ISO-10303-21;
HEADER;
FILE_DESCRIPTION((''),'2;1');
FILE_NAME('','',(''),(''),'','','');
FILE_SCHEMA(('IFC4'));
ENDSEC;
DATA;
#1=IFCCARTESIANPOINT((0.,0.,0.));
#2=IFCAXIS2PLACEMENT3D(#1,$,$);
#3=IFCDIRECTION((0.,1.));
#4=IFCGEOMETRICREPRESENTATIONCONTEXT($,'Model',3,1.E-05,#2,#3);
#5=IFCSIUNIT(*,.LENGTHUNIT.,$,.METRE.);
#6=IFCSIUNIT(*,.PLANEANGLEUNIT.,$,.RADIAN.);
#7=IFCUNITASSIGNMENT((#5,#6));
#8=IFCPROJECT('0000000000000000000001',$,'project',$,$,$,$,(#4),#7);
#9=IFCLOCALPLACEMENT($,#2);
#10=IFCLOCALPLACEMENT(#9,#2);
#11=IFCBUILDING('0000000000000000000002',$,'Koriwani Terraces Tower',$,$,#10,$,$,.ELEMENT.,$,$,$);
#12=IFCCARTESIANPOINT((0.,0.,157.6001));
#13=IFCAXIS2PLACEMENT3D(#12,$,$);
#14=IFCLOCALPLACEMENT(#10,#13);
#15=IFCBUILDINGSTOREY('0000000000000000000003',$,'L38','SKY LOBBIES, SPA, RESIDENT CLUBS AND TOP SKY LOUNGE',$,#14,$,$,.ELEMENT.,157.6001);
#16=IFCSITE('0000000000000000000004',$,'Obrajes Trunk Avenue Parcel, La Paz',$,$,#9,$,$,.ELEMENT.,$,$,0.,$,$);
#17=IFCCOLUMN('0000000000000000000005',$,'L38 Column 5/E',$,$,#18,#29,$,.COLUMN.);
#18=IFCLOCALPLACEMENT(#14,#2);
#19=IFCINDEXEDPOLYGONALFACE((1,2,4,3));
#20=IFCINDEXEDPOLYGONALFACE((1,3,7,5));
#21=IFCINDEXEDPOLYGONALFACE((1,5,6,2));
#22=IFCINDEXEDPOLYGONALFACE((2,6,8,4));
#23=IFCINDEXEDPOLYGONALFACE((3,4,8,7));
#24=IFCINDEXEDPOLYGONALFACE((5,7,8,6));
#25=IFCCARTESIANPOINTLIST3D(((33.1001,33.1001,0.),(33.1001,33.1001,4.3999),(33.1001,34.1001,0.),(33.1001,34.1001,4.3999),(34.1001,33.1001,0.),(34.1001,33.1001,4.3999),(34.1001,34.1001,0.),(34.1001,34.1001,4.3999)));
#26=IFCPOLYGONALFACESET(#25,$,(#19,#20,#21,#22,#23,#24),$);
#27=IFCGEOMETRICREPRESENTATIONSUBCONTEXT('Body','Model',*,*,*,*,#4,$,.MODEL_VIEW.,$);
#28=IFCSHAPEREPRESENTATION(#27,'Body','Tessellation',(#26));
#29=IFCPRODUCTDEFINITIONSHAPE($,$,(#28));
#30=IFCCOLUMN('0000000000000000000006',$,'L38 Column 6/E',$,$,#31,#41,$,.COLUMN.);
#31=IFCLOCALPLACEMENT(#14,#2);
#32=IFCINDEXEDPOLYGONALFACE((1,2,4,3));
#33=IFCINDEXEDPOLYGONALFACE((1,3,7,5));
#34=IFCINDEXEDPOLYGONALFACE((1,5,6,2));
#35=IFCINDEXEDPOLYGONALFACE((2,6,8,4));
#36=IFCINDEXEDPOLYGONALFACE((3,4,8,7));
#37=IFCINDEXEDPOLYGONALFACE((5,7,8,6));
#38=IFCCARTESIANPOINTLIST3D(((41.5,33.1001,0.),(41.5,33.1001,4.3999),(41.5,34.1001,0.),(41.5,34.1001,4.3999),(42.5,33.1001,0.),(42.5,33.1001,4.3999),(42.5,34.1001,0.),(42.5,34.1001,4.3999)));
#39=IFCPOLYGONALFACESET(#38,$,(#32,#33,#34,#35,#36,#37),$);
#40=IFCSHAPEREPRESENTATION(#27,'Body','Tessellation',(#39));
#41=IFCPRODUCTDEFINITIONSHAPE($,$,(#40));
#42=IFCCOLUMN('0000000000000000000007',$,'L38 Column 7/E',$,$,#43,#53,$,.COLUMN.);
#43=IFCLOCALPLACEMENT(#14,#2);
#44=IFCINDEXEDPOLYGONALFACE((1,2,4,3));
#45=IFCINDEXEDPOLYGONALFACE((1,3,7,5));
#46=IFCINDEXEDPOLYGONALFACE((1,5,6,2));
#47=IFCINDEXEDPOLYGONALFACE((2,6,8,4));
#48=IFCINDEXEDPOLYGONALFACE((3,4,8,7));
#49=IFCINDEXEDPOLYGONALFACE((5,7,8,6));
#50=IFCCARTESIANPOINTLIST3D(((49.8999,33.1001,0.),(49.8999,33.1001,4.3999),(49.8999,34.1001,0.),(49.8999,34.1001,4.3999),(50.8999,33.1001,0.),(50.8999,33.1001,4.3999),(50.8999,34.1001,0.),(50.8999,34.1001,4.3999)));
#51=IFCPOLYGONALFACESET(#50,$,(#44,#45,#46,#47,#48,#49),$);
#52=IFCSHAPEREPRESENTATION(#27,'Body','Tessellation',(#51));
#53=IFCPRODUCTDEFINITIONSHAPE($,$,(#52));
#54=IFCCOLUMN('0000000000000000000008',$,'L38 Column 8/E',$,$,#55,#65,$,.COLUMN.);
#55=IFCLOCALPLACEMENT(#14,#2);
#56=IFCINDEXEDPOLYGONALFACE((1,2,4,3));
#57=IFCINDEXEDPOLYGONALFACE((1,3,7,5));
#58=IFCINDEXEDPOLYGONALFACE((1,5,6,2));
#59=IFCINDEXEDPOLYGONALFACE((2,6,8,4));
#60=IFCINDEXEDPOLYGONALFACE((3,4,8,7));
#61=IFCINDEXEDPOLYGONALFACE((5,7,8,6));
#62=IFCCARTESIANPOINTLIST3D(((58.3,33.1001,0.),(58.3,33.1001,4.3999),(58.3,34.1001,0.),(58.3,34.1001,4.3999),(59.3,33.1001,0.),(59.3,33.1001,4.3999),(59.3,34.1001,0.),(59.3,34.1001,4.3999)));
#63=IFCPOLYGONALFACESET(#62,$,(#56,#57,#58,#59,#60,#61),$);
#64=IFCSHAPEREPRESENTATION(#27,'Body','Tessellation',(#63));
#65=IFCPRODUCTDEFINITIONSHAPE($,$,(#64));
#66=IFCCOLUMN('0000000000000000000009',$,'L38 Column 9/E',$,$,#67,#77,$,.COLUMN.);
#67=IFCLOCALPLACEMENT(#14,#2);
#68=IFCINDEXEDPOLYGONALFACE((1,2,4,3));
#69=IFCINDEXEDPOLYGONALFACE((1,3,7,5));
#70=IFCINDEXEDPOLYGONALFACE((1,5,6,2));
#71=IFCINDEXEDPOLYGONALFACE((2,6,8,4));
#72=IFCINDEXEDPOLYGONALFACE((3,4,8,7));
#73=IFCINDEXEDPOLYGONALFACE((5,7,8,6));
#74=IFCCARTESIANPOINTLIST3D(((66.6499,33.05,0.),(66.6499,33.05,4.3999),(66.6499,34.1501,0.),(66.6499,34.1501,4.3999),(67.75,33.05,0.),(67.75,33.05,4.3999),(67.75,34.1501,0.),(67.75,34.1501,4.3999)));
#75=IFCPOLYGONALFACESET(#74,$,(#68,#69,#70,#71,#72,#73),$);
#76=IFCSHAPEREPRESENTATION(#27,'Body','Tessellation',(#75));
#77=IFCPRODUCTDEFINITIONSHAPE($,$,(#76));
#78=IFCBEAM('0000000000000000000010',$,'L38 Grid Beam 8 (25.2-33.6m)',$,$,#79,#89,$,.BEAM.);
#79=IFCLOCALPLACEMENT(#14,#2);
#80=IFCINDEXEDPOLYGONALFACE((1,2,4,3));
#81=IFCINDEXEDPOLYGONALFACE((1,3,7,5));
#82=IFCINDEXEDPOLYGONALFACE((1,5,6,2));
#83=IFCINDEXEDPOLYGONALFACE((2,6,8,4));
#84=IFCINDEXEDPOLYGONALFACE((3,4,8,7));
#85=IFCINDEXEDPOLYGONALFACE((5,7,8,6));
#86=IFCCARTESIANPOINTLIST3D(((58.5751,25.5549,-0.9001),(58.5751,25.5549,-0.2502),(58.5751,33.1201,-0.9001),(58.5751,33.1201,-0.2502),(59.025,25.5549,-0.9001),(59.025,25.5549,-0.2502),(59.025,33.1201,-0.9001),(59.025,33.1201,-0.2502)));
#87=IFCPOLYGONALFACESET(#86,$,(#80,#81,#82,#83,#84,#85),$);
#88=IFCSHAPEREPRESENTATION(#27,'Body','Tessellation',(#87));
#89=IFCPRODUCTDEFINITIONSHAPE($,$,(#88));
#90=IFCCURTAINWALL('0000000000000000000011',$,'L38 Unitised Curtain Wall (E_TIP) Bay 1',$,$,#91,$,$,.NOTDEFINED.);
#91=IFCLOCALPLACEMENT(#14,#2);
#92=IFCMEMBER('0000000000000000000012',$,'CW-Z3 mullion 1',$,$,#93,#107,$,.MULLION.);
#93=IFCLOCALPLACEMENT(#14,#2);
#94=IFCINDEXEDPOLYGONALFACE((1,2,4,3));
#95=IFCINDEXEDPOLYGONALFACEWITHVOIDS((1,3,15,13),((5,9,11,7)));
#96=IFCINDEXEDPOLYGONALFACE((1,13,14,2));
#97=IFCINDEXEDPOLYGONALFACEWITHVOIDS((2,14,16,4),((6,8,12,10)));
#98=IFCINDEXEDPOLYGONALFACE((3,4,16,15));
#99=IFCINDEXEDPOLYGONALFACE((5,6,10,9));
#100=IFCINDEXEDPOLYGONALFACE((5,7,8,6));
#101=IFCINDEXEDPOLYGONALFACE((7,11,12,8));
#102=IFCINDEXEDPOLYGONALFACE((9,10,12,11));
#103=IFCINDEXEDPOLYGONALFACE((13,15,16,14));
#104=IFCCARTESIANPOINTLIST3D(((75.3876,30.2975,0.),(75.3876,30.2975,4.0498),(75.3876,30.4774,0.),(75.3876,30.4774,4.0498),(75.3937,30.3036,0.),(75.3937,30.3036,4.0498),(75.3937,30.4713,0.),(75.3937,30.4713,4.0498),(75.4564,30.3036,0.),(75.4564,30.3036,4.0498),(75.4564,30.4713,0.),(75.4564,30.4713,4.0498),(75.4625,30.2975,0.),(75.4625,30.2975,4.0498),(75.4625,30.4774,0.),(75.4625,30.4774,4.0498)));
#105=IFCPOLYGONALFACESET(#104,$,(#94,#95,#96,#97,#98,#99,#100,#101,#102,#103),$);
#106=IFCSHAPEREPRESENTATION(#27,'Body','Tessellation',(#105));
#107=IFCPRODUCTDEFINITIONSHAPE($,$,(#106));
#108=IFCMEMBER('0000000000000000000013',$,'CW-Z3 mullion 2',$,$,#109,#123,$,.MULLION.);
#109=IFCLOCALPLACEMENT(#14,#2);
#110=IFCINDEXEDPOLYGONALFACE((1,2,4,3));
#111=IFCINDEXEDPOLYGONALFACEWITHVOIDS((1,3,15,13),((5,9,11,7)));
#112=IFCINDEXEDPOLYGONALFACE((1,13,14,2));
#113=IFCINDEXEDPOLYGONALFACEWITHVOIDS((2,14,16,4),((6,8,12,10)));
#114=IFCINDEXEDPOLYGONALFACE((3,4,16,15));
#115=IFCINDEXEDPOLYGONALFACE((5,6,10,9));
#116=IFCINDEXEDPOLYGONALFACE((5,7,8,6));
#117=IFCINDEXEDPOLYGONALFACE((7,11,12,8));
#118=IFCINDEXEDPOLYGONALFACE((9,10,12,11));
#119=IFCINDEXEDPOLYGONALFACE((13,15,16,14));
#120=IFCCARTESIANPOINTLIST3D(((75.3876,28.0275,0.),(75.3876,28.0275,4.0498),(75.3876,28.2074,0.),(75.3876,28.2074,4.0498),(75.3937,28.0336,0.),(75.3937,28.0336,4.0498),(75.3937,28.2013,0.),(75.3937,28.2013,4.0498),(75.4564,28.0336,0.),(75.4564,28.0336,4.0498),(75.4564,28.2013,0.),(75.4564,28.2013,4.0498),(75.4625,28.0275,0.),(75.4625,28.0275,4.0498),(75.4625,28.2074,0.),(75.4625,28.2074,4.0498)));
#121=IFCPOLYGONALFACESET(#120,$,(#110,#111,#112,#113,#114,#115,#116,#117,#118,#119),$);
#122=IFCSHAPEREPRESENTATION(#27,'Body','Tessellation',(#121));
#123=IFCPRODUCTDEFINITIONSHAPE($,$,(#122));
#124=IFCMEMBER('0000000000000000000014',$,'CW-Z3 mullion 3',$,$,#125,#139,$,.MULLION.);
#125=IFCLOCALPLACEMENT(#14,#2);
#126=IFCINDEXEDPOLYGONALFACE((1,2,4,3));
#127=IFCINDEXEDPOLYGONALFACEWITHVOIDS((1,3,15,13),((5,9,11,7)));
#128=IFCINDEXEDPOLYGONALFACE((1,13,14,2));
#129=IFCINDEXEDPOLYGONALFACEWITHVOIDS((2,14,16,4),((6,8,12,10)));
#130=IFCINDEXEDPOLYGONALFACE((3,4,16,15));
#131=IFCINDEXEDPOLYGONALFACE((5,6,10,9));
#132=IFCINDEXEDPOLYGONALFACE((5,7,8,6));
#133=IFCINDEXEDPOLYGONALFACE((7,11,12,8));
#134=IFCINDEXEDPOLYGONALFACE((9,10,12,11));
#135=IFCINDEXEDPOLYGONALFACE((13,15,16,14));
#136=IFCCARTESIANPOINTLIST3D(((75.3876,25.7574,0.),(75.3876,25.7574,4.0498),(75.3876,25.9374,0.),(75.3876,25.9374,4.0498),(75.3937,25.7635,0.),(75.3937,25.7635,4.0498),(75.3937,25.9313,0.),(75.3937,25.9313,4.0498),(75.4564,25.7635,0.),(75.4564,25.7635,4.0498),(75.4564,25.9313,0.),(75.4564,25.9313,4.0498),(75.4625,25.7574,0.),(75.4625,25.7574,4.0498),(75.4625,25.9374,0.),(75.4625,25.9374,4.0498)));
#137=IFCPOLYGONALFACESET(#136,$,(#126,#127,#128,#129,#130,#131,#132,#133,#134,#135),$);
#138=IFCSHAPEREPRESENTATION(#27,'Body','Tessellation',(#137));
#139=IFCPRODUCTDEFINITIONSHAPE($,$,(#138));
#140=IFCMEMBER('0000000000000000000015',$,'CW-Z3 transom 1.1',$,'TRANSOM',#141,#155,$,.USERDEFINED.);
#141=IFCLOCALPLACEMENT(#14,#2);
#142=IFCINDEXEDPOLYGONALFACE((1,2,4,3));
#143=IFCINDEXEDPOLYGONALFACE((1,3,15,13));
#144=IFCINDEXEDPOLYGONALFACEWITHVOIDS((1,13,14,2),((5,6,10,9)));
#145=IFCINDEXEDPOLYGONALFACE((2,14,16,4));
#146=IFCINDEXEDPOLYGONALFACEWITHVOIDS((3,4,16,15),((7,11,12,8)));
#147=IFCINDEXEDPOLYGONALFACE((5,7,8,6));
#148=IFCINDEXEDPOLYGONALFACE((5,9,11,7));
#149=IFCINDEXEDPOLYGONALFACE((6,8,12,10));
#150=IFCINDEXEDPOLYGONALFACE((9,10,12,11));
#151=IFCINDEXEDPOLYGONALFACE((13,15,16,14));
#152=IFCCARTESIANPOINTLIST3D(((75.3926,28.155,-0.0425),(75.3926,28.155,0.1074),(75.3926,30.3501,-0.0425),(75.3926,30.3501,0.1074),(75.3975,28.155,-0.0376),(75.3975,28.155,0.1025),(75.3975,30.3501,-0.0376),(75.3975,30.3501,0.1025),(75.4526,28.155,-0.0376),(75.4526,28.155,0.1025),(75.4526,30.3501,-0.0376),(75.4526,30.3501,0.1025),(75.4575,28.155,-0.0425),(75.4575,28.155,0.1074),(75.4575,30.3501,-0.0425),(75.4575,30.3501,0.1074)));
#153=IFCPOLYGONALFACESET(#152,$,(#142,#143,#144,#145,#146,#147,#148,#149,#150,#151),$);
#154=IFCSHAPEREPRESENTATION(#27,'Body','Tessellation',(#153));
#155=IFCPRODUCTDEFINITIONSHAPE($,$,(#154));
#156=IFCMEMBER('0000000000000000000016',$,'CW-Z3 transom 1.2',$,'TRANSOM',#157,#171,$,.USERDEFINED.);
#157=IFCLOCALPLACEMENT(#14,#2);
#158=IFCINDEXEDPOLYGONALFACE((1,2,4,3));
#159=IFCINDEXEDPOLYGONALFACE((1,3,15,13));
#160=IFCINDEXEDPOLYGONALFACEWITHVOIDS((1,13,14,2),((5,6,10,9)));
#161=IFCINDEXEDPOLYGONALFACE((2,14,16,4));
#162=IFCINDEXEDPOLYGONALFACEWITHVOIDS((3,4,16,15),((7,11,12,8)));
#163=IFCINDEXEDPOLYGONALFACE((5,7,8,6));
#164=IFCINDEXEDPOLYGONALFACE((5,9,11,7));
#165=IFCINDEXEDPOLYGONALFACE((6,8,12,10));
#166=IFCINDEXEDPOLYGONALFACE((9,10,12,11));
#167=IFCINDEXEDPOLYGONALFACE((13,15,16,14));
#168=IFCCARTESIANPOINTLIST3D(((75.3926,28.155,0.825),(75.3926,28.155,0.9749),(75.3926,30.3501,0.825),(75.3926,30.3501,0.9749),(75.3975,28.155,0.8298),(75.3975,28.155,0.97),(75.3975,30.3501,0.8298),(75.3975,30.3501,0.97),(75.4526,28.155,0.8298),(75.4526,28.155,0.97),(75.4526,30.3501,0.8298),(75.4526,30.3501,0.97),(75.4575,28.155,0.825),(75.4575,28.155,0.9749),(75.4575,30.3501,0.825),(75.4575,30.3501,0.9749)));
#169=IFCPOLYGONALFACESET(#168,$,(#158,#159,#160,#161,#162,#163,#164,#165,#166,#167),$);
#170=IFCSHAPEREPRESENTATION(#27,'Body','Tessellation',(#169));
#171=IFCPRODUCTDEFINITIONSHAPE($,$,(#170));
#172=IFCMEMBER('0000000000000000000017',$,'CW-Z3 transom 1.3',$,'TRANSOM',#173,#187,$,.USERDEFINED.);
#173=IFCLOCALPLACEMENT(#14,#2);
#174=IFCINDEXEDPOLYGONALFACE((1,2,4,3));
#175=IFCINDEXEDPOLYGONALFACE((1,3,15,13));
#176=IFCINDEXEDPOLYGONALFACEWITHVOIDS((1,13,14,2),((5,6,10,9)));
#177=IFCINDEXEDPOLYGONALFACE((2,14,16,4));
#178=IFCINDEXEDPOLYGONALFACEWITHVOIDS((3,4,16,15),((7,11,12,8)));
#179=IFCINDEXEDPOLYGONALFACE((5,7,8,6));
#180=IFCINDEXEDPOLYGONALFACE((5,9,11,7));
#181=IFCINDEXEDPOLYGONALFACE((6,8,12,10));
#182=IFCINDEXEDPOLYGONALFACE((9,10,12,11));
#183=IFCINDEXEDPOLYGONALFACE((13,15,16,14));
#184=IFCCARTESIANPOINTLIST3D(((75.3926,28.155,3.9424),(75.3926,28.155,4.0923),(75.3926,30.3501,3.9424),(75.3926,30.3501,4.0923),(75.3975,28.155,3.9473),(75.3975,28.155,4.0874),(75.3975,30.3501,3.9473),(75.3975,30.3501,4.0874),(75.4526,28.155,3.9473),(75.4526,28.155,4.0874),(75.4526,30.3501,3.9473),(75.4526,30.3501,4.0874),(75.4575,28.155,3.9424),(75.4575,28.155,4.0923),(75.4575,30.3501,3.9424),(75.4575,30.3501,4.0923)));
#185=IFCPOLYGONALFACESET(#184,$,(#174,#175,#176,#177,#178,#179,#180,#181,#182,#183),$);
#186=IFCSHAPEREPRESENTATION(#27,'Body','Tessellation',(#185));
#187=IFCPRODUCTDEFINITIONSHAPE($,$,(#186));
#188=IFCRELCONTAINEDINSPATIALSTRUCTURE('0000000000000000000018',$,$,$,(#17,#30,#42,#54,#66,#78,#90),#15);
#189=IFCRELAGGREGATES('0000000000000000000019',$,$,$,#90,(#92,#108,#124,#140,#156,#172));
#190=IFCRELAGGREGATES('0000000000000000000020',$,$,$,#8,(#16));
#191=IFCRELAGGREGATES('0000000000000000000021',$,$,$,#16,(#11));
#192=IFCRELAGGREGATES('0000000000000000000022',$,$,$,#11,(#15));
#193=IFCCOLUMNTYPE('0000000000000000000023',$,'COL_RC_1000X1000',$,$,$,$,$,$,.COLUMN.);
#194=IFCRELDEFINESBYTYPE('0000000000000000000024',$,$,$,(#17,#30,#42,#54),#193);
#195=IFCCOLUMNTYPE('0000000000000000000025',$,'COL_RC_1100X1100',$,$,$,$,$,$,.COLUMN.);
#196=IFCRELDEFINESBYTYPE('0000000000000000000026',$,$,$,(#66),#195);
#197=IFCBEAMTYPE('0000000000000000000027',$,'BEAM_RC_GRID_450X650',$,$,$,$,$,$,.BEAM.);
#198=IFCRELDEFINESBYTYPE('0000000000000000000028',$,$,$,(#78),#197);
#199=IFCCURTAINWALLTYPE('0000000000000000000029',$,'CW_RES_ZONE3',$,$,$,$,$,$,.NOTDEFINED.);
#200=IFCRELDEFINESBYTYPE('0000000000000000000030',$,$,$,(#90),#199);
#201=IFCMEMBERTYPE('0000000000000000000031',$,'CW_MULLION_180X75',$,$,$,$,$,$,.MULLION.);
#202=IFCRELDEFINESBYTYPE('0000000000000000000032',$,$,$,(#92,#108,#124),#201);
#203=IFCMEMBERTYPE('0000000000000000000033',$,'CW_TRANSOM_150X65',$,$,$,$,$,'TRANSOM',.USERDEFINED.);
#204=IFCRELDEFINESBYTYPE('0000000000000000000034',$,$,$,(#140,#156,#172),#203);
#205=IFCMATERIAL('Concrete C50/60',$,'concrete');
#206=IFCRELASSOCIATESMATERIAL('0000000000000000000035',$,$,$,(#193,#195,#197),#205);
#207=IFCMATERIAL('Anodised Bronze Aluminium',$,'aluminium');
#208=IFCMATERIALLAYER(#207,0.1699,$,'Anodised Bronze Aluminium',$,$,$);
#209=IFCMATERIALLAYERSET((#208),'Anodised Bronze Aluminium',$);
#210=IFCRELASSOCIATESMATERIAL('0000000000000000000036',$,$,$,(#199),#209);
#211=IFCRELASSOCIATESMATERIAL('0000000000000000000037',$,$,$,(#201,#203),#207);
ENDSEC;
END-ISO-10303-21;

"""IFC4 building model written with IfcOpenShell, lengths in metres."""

from ifc_helpers import new_model, si_unit, direction, frame, origin, origin_2d, place, context, subcontext, project, spatial, rectangle, hollow_rectangle, extrude, material, layer, layer_set, material_profile, profile_set, type_object, element, aggregate, save


model = new_model("IFC4")

# Units and contexts
model_context = context("Model", 3, precision=1e-05, world=origin(), true_north=direction((0.0, 1.0)))
body_context = subcontext(model_context, "Body", "Model", "MODEL_VIEW")
ifc_project = project(units=[si_unit("LENGTHUNIT", "METRE"), si_unit("PLANEANGLEUNIT", "RADIAN")], contexts=[model_context])

# Site, building, storey
site_placement = place(None, origin())
site = spatial("IfcSite", under=ifc_project, at=site_placement, Name="Obrajes Trunk Avenue Parcel, La Paz", CompositionType="ELEMENT", RefElevation=0.0)
building_placement = place(site_placement, origin())
building = spatial("IfcBuilding", under=site, at=building_placement, Name="Koriwani Terraces Tower", CompositionType="ELEMENT")
storey_placement = place(building_placement, frame((0.0, 0.0, 157.6001)))
storey = spatial("IfcBuildingStorey", under=building, at=storey_placement, Name="L38", Description="SKY LOBBIES, SPA, RESIDENT CLUBS AND TOP SKY LOUNGE", CompositionType="ELEMENT", Elevation=157.6001)

# Columns
ifc_material_1 = material(Name="Concrete C50/60", Category="concrete")
ifc_material_profile_1 = material_profile(ifc_material_1, rectangle(XDim=1.0, YDim=1.0, at=origin_2d()), Name="Concrete C50/60", Category="LoadBearing")
ifc_profile_set_1 = profile_set([ifc_material_profile_1], Name="Concrete C50/60")
column_type_1 = type_object("IfcColumnType", Name="COL_RC_1000X1000", PredefinedType="COLUMN", material=ifc_profile_set_1)
for number, where, z_axis, x_axis, name in (
    (1, (33.6001, 33.6001, 0.0), (0.0, 0.0, 1.0), (1.0, 0.0, 0.0), "L38 Column 5/E"),
    (2, (42.0, 33.6001, 0.0), (0.0, 0.0, 1.0), (1.0, 0.0, 0.0), "L38 Column 6/E"),
    (3, (50.3999, 33.6001, 0.0), (0.0, 0.0, 1.0), (1.0, 0.0, 0.0), "L38 Column 7/E"),
    (4, (58.8, 33.6001, 0.0), (0.0, 0.0, 1.0), (1.0, 0.0, 0.0), "L38 Column 8/E"),
):
    element("IfcColumn", number, at=place(storey_placement, frame(where, z_axis=z_axis, x_axis=x_axis)), inside=storey, type_object=column_type_1, Name=name, PredefinedType="COLUMN", context=body_context, shape_type="SweptSolid", body=[
        extrude(rectangle(XDim=1.0, YDim=1.0, at=origin_2d()), origin(), (0.0, 0.0, 1.0), 4.3999),
    ])
ifc_material_profile_2 = material_profile(ifc_material_1, rectangle(XDim=1.1001, YDim=1.1001, at=origin_2d()), Name="Concrete C50/60", Category="LoadBearing")
ifc_profile_set_2 = profile_set([ifc_material_profile_2], Name="Concrete C50/60")
column_type_2 = type_object("IfcColumnType", Name="COL_RC_1100X1100", PredefinedType="COLUMN", material=ifc_profile_set_2)
column_placement = place(storey_placement, frame((67.2, 33.6001, 0.0), z_axis=(0.0, 0.0, 1.0), x_axis=(1.0, 0.0, 0.0)))
element("IfcColumn", 5, at=column_placement, inside=storey, type_object=column_type_2, Name="L38 Column 9/E", PredefinedType="COLUMN", context=body_context, shape_type="SweptSolid", body=[
    extrude(rectangle(XDim=1.1001, YDim=1.1001, at=origin_2d()), origin(), (0.0, 0.0, 1.0), 4.3999),
])

# Beam
ifc_material_profile_3 = material_profile(ifc_material_1, rectangle(XDim=0.45, YDim=0.6499, at=origin_2d()), Name="Concrete C50/60", Category="LoadBearing")
ifc_profile_set_3 = profile_set([ifc_material_profile_3], Name="Concrete C50/60")
beam_type_1 = type_object("IfcBeamType", Name="BEAM_RC_GRID_450X650", PredefinedType="BEAM", material=ifc_profile_set_3)
beam_1_placement = place(storey_placement, frame((58.8, 25.5549, -0.5752), z_axis=(0.0, 1.0, 0.0), x_axis=(-1.0, 0.0, 0.0)))
element("IfcBeam", 6, at=beam_1_placement, inside=storey, type_object=beam_type_1, Name="L38 Grid Beam 8 (25.2-33.6m)", PredefinedType="BEAM", context=body_context, shape_type="SweptSolid", body=[
    extrude(rectangle(XDim=0.45, YDim=0.6499, at=origin_2d()), origin(), (0.0, 0.0, 1.0), 7.5652),
])

# Curtain wall, members
ifc_material_2 = material(Name="Anodised Bronze Aluminium", Category="aluminium")
ifc_layer_1 = layer(ifc_material_2, 0.1699, Name="Anodised Bronze Aluminium")
ifc_layer_set_1 = layer_set([ifc_layer_1], Name="Anodised Bronze Aluminium")
curtain_wall_type = type_object("IfcCurtainWallType", Name="CW_RES_ZONE3", PredefinedType="NOTDEFINED", material=ifc_layer_set_1)
curtain_wall_placement = place(storey_placement, origin())
curtain_wall = element("IfcCurtainWall", 7, at=curtain_wall_placement, inside=storey, type_object=curtain_wall_type, Name="L38 Unitised Curtain Wall (E_TIP) Bay 1", PredefinedType="NOTDEFINED")
ifc_material_profile_4 = material_profile(ifc_material_2, hollow_rectangle(XDim=0.075, YDim=0.1799, WallThickness=0.0061, at=origin_2d()), Name="Anodised Bronze Aluminium", Category="LoadBearing")
ifc_profile_set_4 = profile_set([ifc_material_profile_4], Name="Anodised Bronze Aluminium")
member_type_1 = type_object("IfcMemberType", Name="CW_MULLION_180X75", PredefinedType="MULLION", material=ifc_profile_set_4)
member_1_placement = place(storey_placement, frame((75.425, 30.3875, 0.0), z_axis=(0.0, 0.0, 1.0), x_axis=(1.0, 0.0, 0.0)))
member_1 = element("IfcMember", 8, at=member_1_placement, type_object=member_type_1, Name="CW-Z3 mullion 1", PredefinedType="MULLION", context=body_context, shape_type="SweptSolid", body=[
    extrude(hollow_rectangle(XDim=0.075, YDim=0.1799, WallThickness=0.0061, at=origin_2d()), origin(), (0.0, 0.0, 1.0), 4.0498),
])
member_2_placement = place(storey_placement, frame((75.425, 28.1174, 0.0), z_axis=(0.0, 0.0, 1.0), x_axis=(1.0, 0.0, 0.0)))
member_2 = element("IfcMember", 9, at=member_2_placement, type_object=member_type_1, Name="CW-Z3 mullion 2", PredefinedType="MULLION", context=body_context, shape_type="SweptSolid", body=[
    extrude(hollow_rectangle(XDim=0.075, YDim=0.1799, WallThickness=0.0061, at=origin_2d()), origin(), (0.0, 0.0, 1.0), 4.0498),
])
member_3_placement = place(storey_placement, frame((75.425, 25.8474, 0.0), z_axis=(0.0, 0.0, 1.0), x_axis=(1.0, 0.0, 0.0)))
member_3 = element("IfcMember", 10, at=member_3_placement, type_object=member_type_1, Name="CW-Z3 mullion 3", PredefinedType="MULLION", context=body_context, shape_type="SweptSolid", body=[
    extrude(hollow_rectangle(XDim=0.075, YDim=0.1799, WallThickness=0.0061, at=origin_2d()), origin(), (0.0, 0.0, 1.0), 4.0498),
])
ifc_material_profile_5 = material_profile(ifc_material_2, hollow_rectangle(XDim=0.0649, YDim=0.1499, WallThickness=0.0049, at=origin_2d()), Name="Anodised Bronze Aluminium", Category="LoadBearing")
ifc_profile_set_5 = profile_set([ifc_material_profile_5], Name="Anodised Bronze Aluminium")
member_type_2 = type_object("IfcMemberType", Name="CW_TRANSOM_150X65", ElementType="TRANSOM", PredefinedType="USERDEFINED", material=ifc_profile_set_5)
member_4_placement = place(storey_placement, frame((75.425, 30.3501, 0.0325), z_axis=(0.0, -1.0, 0.0), x_axis=(1.0, 0.0, 0.0)))
member_4 = element("IfcMember", 11, at=member_4_placement, type_object=member_type_2, Name="CW-Z3 transom 1.1", ObjectType="TRANSOM", PredefinedType="USERDEFINED", context=body_context, shape_type="SweptSolid", body=[
    extrude(hollow_rectangle(XDim=0.0649, YDim=0.1499, WallThickness=0.0049, at=origin_2d()), origin(), (0.0, 0.0, 1.0), 2.1951),
])
member_5_placement = place(storey_placement, frame((75.425, 30.3501, 0.8999), z_axis=(0.0, -1.0, 0.0), x_axis=(1.0, 0.0, 0.0)))
member_5 = element("IfcMember", 12, at=member_5_placement, type_object=member_type_2, Name="CW-Z3 transom 1.2", ObjectType="TRANSOM", PredefinedType="USERDEFINED", context=body_context, shape_type="SweptSolid", body=[
    extrude(hollow_rectangle(XDim=0.0649, YDim=0.1499, WallThickness=0.0049, at=origin_2d()), origin(), (0.0, 0.0, 1.0), 2.1951),
])
member_6_placement = place(storey_placement, frame((75.425, 30.3501, 4.0173), z_axis=(0.0, -1.0, 0.0), x_axis=(1.0, 0.0, 0.0)))
member_6 = element("IfcMember", 13, at=member_6_placement, type_object=member_type_2, Name="CW-Z3 transom 1.3", ObjectType="TRANSOM", PredefinedType="USERDEFINED", context=body_context, shape_type="SweptSolid", body=[
    extrude(hollow_rectangle(XDim=0.0649, YDim=0.1499, WallThickness=0.0049, at=origin_2d()), origin(), (0.0, 0.0, 1.0), 2.1951),
])

aggregate(curtain_wall, [member_1, member_2, member_3, member_4, member_5, member_6])

save(model, "model.ifc")
